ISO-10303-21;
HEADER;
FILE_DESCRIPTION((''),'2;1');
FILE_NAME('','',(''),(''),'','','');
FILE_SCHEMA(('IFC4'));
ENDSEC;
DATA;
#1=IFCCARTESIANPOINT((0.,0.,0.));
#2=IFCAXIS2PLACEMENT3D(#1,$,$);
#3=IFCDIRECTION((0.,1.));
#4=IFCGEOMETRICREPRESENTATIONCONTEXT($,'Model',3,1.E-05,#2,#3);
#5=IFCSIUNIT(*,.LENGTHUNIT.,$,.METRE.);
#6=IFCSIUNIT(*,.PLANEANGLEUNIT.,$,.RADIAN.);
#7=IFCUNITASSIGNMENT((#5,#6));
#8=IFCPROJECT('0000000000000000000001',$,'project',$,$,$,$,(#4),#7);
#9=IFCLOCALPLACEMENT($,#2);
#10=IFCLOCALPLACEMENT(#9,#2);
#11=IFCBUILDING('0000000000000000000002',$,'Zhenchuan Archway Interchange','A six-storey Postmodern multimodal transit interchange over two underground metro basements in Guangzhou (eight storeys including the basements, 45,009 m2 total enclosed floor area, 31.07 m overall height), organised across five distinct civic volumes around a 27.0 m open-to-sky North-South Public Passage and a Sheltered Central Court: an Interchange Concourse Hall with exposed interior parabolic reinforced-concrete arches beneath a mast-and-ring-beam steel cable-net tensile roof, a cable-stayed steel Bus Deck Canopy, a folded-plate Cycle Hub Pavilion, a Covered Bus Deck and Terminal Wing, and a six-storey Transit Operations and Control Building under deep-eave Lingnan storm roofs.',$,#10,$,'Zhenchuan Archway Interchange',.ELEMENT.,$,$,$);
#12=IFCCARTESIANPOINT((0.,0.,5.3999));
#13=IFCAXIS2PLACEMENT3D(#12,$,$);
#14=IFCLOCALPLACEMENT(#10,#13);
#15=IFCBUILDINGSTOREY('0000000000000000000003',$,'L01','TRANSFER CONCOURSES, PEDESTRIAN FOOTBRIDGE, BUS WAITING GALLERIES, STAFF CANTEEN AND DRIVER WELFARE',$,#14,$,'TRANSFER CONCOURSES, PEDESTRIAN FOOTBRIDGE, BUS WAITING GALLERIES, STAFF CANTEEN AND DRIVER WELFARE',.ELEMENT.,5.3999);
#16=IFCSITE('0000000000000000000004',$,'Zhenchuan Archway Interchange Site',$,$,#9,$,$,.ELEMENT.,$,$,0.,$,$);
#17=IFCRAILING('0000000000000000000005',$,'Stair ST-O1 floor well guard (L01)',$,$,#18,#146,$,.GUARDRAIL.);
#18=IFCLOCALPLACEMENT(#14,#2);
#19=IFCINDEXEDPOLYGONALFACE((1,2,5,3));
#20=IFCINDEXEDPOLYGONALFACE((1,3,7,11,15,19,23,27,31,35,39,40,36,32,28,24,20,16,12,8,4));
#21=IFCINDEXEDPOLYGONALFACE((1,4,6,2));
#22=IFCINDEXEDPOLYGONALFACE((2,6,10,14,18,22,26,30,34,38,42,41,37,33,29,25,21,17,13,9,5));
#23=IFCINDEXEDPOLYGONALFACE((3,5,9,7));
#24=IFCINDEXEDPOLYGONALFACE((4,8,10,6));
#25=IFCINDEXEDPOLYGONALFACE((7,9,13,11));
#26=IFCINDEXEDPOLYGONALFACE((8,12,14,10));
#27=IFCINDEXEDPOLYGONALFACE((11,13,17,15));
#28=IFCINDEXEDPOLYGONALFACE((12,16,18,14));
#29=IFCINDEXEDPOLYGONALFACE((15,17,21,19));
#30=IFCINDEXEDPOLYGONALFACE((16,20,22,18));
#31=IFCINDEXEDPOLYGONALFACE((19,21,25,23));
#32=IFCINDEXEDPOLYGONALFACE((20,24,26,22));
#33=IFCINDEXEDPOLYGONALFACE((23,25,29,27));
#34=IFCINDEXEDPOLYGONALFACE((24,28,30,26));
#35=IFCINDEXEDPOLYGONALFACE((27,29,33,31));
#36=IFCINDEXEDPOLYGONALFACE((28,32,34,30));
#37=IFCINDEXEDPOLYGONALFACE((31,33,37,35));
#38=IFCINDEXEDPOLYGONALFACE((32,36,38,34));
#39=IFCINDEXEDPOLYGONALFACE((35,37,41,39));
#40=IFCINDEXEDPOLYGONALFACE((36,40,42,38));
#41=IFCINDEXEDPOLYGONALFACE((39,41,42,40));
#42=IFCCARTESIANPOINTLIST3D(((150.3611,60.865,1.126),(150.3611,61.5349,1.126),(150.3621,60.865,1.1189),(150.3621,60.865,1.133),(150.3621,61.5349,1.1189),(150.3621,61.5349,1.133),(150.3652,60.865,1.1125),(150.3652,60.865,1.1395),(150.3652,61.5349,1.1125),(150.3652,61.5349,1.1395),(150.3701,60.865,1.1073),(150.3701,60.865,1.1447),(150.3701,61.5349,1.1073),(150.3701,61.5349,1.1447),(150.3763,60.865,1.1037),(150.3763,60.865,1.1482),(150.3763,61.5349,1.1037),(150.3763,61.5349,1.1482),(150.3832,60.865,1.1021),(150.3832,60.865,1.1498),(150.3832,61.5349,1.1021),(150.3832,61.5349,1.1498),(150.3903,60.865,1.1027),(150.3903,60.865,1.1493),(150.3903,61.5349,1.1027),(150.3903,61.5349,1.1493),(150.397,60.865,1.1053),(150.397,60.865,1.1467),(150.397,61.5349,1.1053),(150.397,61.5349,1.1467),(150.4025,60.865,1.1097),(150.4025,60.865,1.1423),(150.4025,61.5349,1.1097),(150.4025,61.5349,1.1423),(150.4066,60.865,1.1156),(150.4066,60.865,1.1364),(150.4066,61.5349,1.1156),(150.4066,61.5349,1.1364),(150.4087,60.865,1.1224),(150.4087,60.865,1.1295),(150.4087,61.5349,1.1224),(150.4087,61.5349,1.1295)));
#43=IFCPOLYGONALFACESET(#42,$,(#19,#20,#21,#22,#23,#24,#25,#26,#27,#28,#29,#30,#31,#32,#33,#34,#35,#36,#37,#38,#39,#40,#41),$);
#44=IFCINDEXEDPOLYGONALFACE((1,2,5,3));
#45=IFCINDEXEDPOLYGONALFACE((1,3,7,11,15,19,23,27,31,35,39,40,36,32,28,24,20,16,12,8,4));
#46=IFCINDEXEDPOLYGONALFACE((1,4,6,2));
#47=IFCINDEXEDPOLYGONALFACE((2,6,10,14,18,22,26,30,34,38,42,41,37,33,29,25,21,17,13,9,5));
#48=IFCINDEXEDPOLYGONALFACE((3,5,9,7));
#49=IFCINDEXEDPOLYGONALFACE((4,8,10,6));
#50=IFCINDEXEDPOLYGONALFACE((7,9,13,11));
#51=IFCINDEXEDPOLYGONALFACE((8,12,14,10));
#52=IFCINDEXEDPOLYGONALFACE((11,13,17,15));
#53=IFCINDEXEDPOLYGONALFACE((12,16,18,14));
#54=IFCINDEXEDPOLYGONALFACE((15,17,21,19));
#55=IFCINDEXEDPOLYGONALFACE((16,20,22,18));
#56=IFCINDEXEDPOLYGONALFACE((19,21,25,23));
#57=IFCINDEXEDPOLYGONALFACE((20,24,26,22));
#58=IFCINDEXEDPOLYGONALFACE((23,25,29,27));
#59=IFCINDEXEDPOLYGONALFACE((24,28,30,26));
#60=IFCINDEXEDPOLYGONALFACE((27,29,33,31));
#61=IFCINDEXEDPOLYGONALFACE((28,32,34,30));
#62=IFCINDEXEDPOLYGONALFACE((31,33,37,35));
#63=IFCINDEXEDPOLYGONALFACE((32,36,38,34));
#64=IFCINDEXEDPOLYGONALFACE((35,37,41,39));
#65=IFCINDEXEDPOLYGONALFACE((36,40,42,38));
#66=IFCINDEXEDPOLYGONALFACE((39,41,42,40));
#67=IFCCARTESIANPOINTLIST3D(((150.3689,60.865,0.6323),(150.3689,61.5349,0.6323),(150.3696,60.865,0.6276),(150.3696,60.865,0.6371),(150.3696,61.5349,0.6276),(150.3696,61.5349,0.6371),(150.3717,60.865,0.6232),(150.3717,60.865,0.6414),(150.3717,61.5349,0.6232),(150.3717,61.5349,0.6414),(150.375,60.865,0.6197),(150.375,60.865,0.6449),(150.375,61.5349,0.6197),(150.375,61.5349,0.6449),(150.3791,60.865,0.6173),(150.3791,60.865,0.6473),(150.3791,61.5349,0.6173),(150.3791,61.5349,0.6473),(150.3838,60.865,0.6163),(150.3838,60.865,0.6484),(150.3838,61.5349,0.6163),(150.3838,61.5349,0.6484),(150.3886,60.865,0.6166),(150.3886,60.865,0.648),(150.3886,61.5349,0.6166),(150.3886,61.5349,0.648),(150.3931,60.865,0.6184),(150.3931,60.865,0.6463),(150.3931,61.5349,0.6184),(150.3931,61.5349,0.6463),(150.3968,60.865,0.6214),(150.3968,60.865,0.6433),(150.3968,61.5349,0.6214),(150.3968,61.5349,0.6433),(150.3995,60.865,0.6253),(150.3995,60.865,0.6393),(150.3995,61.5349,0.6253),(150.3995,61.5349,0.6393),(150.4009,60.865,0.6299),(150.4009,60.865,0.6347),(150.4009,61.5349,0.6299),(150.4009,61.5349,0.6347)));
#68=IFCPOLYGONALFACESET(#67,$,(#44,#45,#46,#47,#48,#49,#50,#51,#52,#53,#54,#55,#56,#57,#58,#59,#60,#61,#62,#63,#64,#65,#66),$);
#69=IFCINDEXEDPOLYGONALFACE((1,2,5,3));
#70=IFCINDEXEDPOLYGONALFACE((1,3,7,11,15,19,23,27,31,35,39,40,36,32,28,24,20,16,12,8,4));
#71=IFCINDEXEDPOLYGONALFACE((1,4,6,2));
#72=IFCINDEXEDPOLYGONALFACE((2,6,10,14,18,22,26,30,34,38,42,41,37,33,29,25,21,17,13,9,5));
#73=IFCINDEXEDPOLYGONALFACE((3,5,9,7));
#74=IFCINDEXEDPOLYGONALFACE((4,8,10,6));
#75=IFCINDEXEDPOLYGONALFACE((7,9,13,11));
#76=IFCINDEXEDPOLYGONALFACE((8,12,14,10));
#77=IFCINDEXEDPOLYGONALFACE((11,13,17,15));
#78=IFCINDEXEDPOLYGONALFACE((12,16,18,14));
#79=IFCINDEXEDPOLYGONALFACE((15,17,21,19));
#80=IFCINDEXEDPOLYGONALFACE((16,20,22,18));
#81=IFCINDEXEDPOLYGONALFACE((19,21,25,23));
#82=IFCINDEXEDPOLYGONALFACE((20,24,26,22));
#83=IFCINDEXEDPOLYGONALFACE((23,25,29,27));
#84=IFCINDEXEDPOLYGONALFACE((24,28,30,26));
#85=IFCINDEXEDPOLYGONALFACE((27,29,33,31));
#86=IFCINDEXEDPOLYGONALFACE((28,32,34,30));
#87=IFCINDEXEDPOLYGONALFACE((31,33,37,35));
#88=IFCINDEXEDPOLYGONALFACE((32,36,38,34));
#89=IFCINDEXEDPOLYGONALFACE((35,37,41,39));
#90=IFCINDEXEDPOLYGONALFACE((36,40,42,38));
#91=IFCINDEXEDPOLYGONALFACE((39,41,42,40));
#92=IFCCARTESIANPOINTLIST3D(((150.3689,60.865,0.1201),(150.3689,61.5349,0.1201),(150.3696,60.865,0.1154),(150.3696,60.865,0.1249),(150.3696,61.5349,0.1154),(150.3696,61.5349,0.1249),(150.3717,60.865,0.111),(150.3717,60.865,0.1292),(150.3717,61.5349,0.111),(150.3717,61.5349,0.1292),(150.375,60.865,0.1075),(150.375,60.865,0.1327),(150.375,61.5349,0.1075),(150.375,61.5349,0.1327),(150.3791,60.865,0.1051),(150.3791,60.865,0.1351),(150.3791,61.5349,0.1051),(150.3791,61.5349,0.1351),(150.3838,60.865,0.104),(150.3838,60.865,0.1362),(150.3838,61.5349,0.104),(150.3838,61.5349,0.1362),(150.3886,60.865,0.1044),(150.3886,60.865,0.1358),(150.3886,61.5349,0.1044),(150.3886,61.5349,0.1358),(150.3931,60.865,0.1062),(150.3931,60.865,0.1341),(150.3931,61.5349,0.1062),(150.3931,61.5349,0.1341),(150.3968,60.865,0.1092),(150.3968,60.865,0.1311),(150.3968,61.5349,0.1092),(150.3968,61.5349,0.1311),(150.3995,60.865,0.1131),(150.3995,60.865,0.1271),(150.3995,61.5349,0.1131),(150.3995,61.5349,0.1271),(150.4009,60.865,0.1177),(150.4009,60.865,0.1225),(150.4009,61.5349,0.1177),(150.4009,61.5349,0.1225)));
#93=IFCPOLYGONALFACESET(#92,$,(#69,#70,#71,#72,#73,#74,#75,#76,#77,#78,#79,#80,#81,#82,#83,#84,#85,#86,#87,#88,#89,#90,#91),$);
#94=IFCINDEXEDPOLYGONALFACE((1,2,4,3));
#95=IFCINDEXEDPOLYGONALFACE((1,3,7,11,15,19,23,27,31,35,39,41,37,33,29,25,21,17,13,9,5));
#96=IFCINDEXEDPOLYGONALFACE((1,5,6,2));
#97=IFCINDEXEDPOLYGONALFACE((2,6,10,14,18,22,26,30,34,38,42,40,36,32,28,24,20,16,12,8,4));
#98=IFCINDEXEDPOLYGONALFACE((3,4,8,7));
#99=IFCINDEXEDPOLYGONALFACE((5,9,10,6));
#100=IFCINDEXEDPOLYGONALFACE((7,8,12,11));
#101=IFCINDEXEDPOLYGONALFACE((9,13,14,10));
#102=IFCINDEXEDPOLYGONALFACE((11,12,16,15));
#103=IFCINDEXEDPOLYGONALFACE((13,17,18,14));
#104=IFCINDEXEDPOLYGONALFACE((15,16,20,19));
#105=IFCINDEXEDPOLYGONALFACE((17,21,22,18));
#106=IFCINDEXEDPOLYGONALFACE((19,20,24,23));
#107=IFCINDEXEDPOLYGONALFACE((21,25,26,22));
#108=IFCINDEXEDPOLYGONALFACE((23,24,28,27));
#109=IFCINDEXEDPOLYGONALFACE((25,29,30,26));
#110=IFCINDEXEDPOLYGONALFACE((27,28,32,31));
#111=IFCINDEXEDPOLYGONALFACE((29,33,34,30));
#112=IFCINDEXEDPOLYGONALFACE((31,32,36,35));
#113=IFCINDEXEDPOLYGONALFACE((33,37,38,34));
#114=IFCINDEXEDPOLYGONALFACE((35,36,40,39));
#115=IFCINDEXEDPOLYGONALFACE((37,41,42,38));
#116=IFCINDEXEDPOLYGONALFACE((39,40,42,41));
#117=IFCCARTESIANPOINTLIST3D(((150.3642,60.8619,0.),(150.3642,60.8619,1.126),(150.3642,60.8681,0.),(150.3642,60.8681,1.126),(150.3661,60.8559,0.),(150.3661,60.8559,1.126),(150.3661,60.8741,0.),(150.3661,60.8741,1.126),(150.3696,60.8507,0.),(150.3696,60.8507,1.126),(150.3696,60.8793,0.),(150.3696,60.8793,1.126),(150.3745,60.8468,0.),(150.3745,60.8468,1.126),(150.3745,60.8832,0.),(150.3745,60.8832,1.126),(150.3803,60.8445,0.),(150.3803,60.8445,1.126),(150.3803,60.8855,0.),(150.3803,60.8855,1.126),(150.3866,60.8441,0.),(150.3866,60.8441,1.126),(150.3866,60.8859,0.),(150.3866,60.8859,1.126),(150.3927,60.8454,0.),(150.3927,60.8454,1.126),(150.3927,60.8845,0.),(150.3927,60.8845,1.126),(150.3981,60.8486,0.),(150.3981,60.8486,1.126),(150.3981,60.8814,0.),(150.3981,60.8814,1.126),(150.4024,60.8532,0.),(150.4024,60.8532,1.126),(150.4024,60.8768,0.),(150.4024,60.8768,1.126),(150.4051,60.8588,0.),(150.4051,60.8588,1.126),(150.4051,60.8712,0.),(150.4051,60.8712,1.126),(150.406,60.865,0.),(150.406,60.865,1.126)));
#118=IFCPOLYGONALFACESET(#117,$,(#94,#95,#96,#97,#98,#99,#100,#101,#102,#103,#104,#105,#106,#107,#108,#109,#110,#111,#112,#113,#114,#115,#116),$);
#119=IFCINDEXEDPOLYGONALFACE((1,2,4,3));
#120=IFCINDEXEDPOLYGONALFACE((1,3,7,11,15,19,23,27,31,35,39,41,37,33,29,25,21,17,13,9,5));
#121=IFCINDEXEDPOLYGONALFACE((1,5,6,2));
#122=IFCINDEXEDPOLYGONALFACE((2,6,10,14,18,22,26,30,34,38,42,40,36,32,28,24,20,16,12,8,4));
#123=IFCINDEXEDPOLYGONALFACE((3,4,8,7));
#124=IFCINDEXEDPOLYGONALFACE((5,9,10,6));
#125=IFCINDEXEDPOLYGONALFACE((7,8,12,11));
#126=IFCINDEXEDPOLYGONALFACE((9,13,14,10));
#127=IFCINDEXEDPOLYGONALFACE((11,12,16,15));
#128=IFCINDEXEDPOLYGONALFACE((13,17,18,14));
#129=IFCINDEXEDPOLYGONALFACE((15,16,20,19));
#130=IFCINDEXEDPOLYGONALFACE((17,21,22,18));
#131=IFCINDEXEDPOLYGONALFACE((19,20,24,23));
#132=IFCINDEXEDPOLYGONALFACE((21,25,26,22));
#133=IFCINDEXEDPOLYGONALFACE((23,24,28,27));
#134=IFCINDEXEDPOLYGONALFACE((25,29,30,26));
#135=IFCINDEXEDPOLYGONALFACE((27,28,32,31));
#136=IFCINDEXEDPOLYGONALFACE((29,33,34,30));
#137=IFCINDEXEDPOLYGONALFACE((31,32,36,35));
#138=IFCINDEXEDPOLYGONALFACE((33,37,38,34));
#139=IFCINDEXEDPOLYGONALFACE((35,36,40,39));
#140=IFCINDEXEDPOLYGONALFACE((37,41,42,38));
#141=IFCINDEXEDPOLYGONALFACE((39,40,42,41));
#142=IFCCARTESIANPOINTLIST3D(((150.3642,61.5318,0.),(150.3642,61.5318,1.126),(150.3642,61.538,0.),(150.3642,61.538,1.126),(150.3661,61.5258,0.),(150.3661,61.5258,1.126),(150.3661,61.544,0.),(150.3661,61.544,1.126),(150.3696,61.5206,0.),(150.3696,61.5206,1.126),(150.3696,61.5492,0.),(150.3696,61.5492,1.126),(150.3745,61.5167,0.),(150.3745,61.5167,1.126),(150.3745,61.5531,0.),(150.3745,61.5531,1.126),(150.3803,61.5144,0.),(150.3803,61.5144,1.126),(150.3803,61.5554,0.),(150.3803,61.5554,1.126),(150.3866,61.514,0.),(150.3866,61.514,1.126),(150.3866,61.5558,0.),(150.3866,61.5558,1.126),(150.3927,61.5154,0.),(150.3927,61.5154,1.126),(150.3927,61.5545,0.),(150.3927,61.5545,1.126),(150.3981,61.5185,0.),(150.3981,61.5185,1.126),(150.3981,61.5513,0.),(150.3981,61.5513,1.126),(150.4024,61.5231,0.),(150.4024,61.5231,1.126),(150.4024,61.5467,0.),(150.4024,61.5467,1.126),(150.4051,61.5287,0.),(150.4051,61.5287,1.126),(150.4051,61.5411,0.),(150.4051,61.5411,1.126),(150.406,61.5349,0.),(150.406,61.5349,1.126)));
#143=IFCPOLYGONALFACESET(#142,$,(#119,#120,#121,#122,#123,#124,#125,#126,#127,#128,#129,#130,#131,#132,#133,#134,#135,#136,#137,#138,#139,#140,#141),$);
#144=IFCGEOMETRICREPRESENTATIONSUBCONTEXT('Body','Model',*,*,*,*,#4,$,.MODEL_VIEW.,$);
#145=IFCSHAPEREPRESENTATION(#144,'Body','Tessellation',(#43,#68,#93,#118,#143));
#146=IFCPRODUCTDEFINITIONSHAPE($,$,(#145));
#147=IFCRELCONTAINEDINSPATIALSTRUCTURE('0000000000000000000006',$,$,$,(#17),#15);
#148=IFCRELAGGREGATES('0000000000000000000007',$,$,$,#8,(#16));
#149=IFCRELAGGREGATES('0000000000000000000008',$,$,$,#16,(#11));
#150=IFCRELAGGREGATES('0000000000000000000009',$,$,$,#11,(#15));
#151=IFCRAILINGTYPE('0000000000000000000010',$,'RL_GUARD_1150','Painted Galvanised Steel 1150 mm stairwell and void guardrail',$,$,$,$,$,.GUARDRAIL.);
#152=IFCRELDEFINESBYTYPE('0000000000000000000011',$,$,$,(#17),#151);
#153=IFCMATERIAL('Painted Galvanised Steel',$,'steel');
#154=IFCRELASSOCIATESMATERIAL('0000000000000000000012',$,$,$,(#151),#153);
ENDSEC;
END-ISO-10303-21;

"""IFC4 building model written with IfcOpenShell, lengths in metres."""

from ifc_helpers import new_model, si_unit, direction, frame, origin, origin_2d, place, context, subcontext, project, spatial, circle, extrude, material, type_object, element, save


model = new_model("IFC4")

# Units and contexts
model_context = context("Model", 3, precision=1e-05, world=origin(), true_north=direction((0.0, 1.0)))
body_context = subcontext(model_context, "Body", "Model", "MODEL_VIEW")
ifc_project = project(units=[si_unit("LENGTHUNIT", "METRE"), si_unit("PLANEANGLEUNIT", "RADIAN")], contexts=[model_context])

# Site, building, storey
site_placement = place(None, origin())
site = spatial("IfcSite", under=ifc_project, at=site_placement, Name="Zhenchuan Archway Interchange Site", CompositionType="ELEMENT", RefElevation=0.0)
building_placement = place(site_placement, origin())
building = spatial("IfcBuilding", under=site, at=building_placement, Name="Zhenchuan Archway Interchange", Description="A six-storey Postmodern multimodal transit interchange over two underground metro basements in Guangzhou (eight storeys including the basements, 45,009 m2 total enclosed floor area, 31.07 m overall height), organised across five distinct civic volumes around a 27.0 m open-to-sky North-South Public Passage and a Sheltered Central Court: an Interchange Concourse Hall with exposed interior parabolic reinforced-concrete arches beneath a mast-and-ring-beam steel cable-net tensile roof, a cable-stayed steel Bus Deck Canopy, a folded-plate Cycle Hub Pavilion, a Covered Bus Deck and Terminal Wing, and a six-storey Transit Operations and Control Building under deep-eave Lingnan storm roofs.", LongName="Zhenchuan Archway Interchange", CompositionType="ELEMENT")
storey_placement = place(building_placement, frame((0.0, 0.0, 5.3999)))
storey = spatial("IfcBuildingStorey", under=building, at=storey_placement, Name="L01", Description="TRANSFER CONCOURSES, PEDESTRIAN FOOTBRIDGE, BUS WAITING GALLERIES, STAFF CANTEEN AND DRIVER WELFARE", LongName="TRANSFER CONCOURSES, PEDESTRIAN FOOTBRIDGE, BUS WAITING GALLERIES, STAFF CANTEEN AND DRIVER WELFARE", CompositionType="ELEMENT", Elevation=5.3999)

# Shared definitions
ifc_material_1 = material(Name="Painted Galvanised Steel", Category="steel")

# Railing
railing_type_1 = type_object("IfcRailingType", Name="RL_GUARD_1150", Description="Painted Galvanised Steel 1150 mm stairwell and void guardrail", PredefinedType="GUARDRAIL", material=ifc_material_1)
railing_1_placement = place(storey_placement, frame((150.385, 60.865, 0.0)))
element("IfcRailing", 1, at=railing_1_placement, inside=storey, type_object=railing_type_1, Name="Stair ST-O1 floor well guard (L01)", PredefinedType="GUARDRAIL", context=body_context, shape_type="SweptSolid", body=[
    extrude(circle(Radius=0.0239, at=origin_2d()), frame((0.0, 0.0, 1.126), z_axis=(0.0, 1.0, 0.0), x_axis=(-1.0, 0.0, 0.0)), (0.0, 0.0, 1.0), 0.6699),
    extrude(circle(Radius=0.0161, at=origin_2d()), frame((0.0, 0.0, 0.6323), z_axis=(0.0, 1.0, 0.0), x_axis=(-1.0, 0.0, 0.0)), (0.0, 0.0, 1.0), 0.6699),
    extrude(circle(Radius=0.0161, at=origin_2d()), frame((0.0, 0.0, 0.1201), z_axis=(0.0, 1.0, 0.0), x_axis=(-1.0, 0.0, 0.0)), (0.0, 0.0, 1.0), 0.6699),
    extrude(circle(Radius=0.021, at=origin_2d()), origin(), (0.0, 0.0, 1.0), 1.126),
    extrude(circle(Radius=0.021, at=origin_2d()), frame((0.0, 0.6699, 0.0)), (0.0, 0.0, 1.0), 1.126),
])

save(model, "model.ifc")
